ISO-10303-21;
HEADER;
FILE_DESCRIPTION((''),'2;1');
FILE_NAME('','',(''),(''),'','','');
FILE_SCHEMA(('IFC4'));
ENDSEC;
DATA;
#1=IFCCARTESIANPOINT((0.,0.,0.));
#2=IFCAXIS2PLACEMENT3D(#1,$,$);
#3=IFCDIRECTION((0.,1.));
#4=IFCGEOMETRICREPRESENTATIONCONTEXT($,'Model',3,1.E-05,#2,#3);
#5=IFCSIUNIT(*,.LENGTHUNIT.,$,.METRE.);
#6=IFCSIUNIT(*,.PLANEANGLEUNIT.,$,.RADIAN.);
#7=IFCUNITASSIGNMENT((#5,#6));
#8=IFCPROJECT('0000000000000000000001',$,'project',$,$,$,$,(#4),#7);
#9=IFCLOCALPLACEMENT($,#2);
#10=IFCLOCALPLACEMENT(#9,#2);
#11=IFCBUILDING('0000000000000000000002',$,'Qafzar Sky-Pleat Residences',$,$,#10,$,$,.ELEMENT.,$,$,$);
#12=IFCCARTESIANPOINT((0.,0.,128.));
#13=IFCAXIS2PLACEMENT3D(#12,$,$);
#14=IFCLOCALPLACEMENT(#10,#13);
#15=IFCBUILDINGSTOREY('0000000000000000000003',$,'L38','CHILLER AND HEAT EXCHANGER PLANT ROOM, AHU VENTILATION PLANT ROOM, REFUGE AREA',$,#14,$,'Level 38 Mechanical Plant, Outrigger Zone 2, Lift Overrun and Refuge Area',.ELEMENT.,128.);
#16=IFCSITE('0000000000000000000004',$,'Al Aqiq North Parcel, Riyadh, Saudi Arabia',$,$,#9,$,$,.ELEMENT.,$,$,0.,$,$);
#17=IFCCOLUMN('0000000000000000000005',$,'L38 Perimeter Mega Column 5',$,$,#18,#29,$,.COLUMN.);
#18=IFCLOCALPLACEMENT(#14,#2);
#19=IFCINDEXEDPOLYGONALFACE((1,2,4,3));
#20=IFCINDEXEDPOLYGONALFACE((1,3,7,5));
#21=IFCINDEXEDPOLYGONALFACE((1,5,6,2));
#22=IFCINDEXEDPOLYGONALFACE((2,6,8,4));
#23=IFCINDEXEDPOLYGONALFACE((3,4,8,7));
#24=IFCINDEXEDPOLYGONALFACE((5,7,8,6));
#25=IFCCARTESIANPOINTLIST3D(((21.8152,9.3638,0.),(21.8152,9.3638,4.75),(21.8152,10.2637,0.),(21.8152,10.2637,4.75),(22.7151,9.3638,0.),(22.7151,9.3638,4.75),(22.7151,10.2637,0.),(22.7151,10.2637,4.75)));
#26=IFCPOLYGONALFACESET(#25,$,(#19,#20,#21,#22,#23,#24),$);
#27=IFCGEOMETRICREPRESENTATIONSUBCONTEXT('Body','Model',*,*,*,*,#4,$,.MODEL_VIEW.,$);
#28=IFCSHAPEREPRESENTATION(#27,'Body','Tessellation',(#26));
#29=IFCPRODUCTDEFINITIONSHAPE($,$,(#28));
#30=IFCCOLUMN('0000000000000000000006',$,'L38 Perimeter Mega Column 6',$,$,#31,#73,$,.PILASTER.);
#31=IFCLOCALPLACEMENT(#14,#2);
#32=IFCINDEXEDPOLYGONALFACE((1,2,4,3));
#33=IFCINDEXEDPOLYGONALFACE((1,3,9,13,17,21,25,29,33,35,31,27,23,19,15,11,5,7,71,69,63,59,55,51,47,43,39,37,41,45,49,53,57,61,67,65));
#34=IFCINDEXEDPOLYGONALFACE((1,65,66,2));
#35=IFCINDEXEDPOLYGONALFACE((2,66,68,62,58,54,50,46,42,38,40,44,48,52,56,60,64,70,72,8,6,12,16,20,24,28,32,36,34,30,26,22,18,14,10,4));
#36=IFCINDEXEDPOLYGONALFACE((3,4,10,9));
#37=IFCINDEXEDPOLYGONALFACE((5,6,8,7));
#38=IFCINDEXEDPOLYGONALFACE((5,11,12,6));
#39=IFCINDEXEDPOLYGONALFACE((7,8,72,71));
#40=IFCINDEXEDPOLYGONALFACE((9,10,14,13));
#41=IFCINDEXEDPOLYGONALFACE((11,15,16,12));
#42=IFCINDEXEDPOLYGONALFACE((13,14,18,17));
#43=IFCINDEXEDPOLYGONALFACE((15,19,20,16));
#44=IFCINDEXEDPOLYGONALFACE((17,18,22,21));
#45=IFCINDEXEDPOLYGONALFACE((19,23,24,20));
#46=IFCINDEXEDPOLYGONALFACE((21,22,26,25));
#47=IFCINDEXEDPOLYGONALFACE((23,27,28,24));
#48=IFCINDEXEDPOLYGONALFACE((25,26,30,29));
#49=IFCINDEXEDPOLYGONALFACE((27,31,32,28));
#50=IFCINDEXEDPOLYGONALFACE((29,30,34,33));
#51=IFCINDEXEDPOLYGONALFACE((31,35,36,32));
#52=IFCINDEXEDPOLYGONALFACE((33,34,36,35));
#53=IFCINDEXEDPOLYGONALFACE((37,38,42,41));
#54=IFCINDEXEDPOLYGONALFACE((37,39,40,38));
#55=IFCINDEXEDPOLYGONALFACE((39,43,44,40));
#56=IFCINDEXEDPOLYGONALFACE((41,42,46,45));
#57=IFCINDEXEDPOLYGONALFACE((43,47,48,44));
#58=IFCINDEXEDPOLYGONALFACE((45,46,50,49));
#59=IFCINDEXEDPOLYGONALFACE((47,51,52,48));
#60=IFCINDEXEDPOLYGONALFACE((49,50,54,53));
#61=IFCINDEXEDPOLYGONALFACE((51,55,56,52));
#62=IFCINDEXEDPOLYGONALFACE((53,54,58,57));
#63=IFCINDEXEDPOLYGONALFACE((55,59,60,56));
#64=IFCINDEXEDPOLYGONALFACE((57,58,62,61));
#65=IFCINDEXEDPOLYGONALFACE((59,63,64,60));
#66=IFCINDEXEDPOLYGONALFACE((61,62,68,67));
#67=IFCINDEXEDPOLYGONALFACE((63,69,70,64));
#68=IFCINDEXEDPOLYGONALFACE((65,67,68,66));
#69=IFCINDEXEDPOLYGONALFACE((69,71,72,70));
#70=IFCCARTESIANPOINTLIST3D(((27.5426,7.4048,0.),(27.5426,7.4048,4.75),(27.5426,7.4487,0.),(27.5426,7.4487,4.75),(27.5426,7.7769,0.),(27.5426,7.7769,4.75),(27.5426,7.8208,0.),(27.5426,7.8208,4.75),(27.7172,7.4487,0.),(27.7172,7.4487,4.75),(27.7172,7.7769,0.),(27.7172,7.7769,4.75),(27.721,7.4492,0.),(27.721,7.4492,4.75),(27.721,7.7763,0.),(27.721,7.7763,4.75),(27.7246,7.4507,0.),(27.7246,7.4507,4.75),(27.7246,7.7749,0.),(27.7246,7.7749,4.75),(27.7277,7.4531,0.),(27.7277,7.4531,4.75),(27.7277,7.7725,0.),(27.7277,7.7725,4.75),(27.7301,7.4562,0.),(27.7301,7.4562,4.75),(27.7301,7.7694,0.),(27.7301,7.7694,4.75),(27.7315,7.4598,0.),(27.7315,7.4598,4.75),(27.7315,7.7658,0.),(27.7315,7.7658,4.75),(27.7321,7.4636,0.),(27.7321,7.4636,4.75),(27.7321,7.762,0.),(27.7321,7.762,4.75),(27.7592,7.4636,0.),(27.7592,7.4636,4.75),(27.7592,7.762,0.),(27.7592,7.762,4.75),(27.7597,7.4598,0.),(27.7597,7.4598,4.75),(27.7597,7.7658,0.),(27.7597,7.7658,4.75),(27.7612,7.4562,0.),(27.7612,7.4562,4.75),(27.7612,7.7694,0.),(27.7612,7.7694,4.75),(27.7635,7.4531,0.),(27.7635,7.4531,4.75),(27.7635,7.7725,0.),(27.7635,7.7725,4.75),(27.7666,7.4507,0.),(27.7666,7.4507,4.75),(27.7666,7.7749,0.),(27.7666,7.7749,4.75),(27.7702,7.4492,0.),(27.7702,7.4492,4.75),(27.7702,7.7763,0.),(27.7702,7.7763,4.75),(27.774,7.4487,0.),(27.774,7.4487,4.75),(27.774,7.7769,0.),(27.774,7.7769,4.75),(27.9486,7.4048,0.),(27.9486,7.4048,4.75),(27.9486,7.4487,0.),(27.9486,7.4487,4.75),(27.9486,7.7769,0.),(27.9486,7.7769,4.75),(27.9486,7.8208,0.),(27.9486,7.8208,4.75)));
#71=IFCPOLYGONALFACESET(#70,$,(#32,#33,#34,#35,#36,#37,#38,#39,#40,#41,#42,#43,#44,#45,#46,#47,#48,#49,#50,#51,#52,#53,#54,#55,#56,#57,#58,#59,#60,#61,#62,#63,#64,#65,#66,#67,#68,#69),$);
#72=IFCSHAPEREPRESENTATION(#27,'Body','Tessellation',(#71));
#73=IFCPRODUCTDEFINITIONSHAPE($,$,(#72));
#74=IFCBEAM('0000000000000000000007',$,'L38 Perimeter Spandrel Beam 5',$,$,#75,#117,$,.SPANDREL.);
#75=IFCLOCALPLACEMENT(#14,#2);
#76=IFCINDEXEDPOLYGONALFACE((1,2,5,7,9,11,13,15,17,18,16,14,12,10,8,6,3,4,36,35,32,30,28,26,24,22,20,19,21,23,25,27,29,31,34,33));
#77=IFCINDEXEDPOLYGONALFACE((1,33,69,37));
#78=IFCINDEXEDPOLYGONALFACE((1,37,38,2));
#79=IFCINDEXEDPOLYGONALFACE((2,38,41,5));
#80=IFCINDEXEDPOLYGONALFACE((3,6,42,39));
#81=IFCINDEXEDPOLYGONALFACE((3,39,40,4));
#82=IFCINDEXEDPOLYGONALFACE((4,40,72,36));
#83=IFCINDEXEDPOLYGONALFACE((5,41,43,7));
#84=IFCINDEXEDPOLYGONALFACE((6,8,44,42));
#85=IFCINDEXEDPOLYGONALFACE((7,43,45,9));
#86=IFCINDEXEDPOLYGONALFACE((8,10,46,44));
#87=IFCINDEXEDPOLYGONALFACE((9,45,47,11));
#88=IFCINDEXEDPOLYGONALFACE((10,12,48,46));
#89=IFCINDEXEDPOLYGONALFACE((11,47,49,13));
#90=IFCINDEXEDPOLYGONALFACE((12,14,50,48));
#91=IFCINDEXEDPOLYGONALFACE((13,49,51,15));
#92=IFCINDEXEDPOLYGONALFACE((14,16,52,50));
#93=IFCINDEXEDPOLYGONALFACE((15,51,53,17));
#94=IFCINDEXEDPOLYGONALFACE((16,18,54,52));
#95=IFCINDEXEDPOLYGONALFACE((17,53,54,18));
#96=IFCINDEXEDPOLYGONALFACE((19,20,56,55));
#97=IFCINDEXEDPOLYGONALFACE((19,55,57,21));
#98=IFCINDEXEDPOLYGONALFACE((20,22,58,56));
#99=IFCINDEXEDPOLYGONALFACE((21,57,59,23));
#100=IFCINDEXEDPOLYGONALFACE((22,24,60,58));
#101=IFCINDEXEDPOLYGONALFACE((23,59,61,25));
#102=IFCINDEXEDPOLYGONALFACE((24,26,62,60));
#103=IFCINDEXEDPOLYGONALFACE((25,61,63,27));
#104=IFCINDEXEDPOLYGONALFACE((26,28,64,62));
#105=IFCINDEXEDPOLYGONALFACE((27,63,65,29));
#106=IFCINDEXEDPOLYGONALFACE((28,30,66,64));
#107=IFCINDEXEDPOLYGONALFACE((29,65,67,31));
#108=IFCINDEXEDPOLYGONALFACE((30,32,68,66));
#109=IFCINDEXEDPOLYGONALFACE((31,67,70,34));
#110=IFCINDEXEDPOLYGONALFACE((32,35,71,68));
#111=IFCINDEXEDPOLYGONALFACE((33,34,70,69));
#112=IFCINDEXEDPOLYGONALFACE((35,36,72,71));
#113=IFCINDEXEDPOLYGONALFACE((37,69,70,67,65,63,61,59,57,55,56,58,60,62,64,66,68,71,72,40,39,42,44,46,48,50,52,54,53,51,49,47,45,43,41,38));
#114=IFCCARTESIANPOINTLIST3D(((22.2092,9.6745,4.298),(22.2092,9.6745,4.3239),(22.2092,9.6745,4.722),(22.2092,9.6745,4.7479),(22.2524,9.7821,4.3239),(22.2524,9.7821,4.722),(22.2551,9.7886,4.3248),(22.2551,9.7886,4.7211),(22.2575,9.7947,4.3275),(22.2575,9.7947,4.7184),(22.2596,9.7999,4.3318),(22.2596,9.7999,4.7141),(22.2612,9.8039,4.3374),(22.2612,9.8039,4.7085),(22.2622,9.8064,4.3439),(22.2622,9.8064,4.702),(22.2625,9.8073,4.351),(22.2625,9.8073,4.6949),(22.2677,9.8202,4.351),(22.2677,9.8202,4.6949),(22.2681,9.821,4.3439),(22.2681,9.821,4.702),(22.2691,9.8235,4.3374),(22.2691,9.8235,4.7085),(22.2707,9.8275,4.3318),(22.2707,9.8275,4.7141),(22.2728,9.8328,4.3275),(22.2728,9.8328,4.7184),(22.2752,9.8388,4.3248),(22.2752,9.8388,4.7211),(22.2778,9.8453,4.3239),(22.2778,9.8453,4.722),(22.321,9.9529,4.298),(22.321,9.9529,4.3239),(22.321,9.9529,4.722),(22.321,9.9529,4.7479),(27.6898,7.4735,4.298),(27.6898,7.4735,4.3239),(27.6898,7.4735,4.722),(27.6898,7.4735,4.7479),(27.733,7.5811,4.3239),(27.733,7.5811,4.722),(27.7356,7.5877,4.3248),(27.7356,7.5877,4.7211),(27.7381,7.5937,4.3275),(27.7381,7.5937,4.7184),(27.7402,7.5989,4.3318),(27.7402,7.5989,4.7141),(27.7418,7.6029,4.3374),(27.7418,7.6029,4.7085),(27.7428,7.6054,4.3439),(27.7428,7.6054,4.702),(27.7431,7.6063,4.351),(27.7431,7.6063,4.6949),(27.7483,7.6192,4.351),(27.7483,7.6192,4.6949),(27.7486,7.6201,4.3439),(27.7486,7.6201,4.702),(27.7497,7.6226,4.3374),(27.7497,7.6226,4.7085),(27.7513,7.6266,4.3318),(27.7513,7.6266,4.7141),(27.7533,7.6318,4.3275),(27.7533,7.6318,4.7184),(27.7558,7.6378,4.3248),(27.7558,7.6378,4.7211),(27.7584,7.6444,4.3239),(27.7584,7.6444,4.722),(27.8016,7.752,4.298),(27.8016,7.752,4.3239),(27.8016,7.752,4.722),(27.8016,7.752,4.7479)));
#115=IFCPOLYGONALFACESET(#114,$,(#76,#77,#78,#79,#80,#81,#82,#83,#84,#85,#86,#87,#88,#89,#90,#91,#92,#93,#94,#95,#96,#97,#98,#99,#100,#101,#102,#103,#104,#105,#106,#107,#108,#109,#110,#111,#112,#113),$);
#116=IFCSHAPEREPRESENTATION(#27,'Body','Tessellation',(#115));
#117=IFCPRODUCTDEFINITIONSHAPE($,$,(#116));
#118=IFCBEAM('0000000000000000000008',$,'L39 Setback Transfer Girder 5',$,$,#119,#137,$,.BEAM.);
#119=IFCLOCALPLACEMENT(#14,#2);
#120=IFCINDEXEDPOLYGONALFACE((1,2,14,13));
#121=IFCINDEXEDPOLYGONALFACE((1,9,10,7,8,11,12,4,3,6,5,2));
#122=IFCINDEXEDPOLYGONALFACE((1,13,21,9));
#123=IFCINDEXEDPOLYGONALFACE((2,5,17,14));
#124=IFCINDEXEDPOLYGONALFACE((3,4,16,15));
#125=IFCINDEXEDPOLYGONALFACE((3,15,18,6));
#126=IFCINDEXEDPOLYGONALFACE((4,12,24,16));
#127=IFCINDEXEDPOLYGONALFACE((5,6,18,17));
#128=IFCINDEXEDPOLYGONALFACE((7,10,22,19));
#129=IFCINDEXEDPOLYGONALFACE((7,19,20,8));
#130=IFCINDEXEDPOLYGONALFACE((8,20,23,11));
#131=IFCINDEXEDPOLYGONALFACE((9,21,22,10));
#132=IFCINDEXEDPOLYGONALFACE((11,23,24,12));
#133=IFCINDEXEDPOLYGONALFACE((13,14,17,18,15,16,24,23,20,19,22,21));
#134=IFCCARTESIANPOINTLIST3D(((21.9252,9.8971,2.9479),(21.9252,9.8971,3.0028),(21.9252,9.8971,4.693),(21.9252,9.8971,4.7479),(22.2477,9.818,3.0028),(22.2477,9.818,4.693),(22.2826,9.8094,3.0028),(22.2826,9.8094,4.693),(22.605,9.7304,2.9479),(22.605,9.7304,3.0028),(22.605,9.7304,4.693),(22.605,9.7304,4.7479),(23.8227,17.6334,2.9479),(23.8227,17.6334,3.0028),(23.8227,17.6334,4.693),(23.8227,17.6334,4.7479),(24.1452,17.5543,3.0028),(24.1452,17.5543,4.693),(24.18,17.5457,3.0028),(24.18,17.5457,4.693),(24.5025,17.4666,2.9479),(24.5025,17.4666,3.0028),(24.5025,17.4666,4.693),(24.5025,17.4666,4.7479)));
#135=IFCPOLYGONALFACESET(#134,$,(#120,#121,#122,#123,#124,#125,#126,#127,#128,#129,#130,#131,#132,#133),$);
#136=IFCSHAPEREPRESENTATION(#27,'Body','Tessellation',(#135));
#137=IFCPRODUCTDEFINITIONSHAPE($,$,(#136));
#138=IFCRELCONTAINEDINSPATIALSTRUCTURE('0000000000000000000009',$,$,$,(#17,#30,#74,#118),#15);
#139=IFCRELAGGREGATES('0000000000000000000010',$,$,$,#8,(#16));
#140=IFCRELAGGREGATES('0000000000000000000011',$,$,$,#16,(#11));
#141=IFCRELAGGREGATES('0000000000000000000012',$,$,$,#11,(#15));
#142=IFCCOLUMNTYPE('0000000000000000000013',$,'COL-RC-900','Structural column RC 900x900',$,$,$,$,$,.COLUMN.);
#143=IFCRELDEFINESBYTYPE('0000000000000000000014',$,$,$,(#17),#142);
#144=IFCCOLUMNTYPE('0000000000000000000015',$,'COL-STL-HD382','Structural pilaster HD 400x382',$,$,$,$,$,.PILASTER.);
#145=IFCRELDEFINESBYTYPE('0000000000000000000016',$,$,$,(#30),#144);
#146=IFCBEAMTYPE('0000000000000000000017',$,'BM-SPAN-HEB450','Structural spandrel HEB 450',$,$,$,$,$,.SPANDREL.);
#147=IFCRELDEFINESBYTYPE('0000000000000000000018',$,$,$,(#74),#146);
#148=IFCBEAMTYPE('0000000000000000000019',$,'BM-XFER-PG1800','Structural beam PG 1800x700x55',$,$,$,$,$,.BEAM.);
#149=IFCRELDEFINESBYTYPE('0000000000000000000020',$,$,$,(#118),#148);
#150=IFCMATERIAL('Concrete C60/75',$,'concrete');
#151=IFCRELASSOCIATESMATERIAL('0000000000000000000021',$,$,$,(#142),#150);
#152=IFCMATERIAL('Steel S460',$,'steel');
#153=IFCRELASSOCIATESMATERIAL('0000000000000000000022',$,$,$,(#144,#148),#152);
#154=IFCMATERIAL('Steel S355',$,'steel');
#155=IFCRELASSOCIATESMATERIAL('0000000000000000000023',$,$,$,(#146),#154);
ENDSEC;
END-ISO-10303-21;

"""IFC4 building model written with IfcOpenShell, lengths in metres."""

from ifc_helpers import new_model, si_unit, direction, frame, origin, origin_2d, place, context, subcontext, project, spatial, rectangle, i_section, extrude, source, transform, mapped, material, material_profile, profile_set, type_object, element, save


model = new_model("IFC4")

# Units and contexts
model_context = context("Model", 3, precision=1e-05, world=origin(), true_north=direction((0.0, 1.0)))
body_context = subcontext(model_context, "Body", "Model", "MODEL_VIEW")
ifc_project = project(units=[si_unit("LENGTHUNIT", "METRE"), si_unit("PLANEANGLEUNIT", "RADIAN")], contexts=[model_context])

# Site, building, storey
site_placement = place(None, origin())
site = spatial("IfcSite", under=ifc_project, at=site_placement, Name="Al Aqiq North Parcel, Riyadh, Saudi Arabia", CompositionType="ELEMENT", RefElevation=0.0)
building_placement = place(site_placement, origin())
building = spatial("IfcBuilding", under=site, at=building_placement, Name="Qafzar Sky-Pleat Residences", CompositionType="ELEMENT")
storey_placement = place(building_placement, frame((0.0, 0.0, 128.0)))
storey = spatial("IfcBuildingStorey", under=building, at=storey_placement, Name="L38", Description="CHILLER AND HEAT EXCHANGER PLANT ROOM, AHU VENTILATION PLANT ROOM, REFUGE AREA", LongName="Level 38 Mechanical Plant, Outrigger Zone 2, Lift Overrun and Refuge Area", CompositionType="ELEMENT", Elevation=128.0)

# Columns
ifc_material_1 = material(Name="Concrete C60/75", Category="concrete")
ifc_material_profile_1 = material_profile(ifc_material_1, rectangle(XDim=0.8999, YDim=0.8999, at=origin_2d()), Name="RC 900x900")
ifc_profile_set_1 = profile_set([ifc_material_profile_1], Name="Concrete C60/75")
column_type_1 = type_object("IfcColumnType", Name="COL-RC-900", Description="Structural column RC 900x900", PredefinedType="COLUMN", material=ifc_profile_set_1)
shared_shape_1 = source(origin(), body_context, "Body", "SweptSolid", [
    extrude(rectangle(XDim=0.8999, YDim=0.8999, at=origin_2d()), origin(), (0.0, 0.0, 1.0), 4.75),
])
column_1_placement = place(storey_placement, frame((22.2651, 9.8137, 0.0), z_axis=(0.0, 0.0, 1.0), x_axis=(1.0, 0.0, 0.0)))
element("IfcColumn", 1, at=column_1_placement, inside=storey, type_object=column_type_1, Name="L38 Perimeter Mega Column 5", PredefinedType="COLUMN", context=body_context, shape_type="MappedRepresentation", body=[
    mapped(shared_shape_1, transform((0.0, 0.0, 0.0), x_axis=(1.0, 0.0, 0.0), y_axis=(0.0, 1.0, 0.0), z_axis=(0.0, 0.0, 1.0), scale=1.0)),
])
ifc_material_2 = material(Name="Steel S460", Category="steel")
ifc_material_profile_2 = material_profile(ifc_material_2, i_section(OverallWidth=0.406, OverallDepth=0.416, WebThickness=0.0271, FlangeThickness=0.0439, FilletRadius=0.0149, at=origin_2d()), Name="HD 400x382")
ifc_profile_set_2 = profile_set([ifc_material_profile_2], Name="Steel S460")
column_type_2 = type_object("IfcColumnType", Name="COL-STL-HD382", Description="Structural pilaster HD 400x382", PredefinedType="PILASTER", material=ifc_profile_set_2)
shared_shape_2 = source(origin(), body_context, "Body", "SweptSolid", [
    extrude(i_section(OverallWidth=0.406, OverallDepth=0.416, WebThickness=0.0271, FlangeThickness=0.0439, FilletRadius=0.0149, at=origin_2d()), origin(), (0.0, 0.0, 1.0), 4.75),
])
column_2_placement = place(storey_placement, frame((27.7456, 7.6128, 0.0), z_axis=(0.0, 0.0, 1.0), x_axis=(1.0, 0.0, 0.0)))
element("IfcColumn", 2, at=column_2_placement, inside=storey, type_object=column_type_2, Name="L38 Perimeter Mega Column 6", PredefinedType="PILASTER", context=body_context, shape_type="MappedRepresentation", body=[
    mapped(shared_shape_2, transform((0.0, 0.0, 0.0), x_axis=(1.0, 0.0, 0.0), y_axis=(0.0, 1.0, 0.0), z_axis=(0.0, 0.0, 1.0), scale=1.0)),
])

# Beams
ifc_material_3 = material(Name="Steel S355", Category="steel")
ifc_material_profile_3 = material_profile(ifc_material_3, i_section(OverallWidth=0.3, OverallDepth=0.45, WebThickness=0.0139, FlangeThickness=0.0259, FilletRadius=0.0271, at=origin_2d()), Name="HEB 450")
ifc_profile_set_3 = profile_set([ifc_material_profile_3], Name="Steel S355")
beam_type_1 = type_object("IfcBeamType", Name="BM-SPAN-HEB450", Description="Structural spandrel HEB 450", PredefinedType="SPANDREL", material=ifc_profile_set_3)
shared_shape_3 = source(origin(), body_context, "Body", "SweptSolid", [
    extrude(i_section(OverallWidth=0.3, OverallDepth=0.45, WebThickness=0.0139, FlangeThickness=0.0259, FilletRadius=0.0271, at=origin_2d()), origin(), (0.0, 0.0, 1.0), 5.906),
])
beam_1_placement = place(storey_placement, frame((22.2651, 9.8137, 4.5229), z_axis=(0.927965, -0.372666, 0.0), x_axis=(0.372666, 0.927965, 0.0)))
element("IfcBeam", 3, at=beam_1_placement, inside=storey, type_object=beam_type_1, Name="L38 Perimeter Spandrel Beam 5", PredefinedType="SPANDREL", context=body_context, shape_type="MappedRepresentation", body=[
    mapped(shared_shape_3, transform((0.0, 0.0, 0.0), x_axis=(1.0, 0.0, 0.0), y_axis=(0.0, 1.0, 0.0), z_axis=(0.0, 0.0, 1.0), scale=1.0)),
])
ifc_material_profile_4 = material_profile(ifc_material_2, i_section(OverallWidth=0.7, OverallDepth=1.8, WebThickness=0.0359, FlangeThickness=0.0549, at=origin_2d()), Name="PG 1800x700x55")
ifc_profile_set_4 = profile_set([ifc_material_profile_4], Name="Steel S460")
beam_type_2 = type_object("IfcBeamType", Name="BM-XFER-PG1800", Description="Structural beam PG 1800x700x55", PredefinedType="BEAM", material=ifc_profile_set_4)
shared_shape_4 = source(origin(), body_context, "Body", "SweptSolid", [
    extrude(i_section(OverallWidth=0.7, OverallDepth=1.8, WebThickness=0.0359, FlangeThickness=0.0549, at=origin_2d()), origin(), (0.0, 0.0, 1.0), 7.9656),
])
beam_2_placement = place(storey_placement, frame((22.2651, 9.8137, 3.8479), z_axis=(0.238206, 0.971215, 0.0), x_axis=(-0.971215, 0.238206, 0.0)))
element("IfcBeam", 4, at=beam_2_placement, inside=storey, type_object=beam_type_2, Name="L39 Setback Transfer Girder 5", PredefinedType="BEAM", context=body_context, shape_type="MappedRepresentation", body=[
    mapped(shared_shape_4, transform((0.0, 0.0, 0.0), x_axis=(1.0, 0.0, 0.0), y_axis=(0.0, 1.0, 0.0), z_axis=(0.0, 0.0, 1.0), scale=1.0)),
])

save(model, "model.ifc")
